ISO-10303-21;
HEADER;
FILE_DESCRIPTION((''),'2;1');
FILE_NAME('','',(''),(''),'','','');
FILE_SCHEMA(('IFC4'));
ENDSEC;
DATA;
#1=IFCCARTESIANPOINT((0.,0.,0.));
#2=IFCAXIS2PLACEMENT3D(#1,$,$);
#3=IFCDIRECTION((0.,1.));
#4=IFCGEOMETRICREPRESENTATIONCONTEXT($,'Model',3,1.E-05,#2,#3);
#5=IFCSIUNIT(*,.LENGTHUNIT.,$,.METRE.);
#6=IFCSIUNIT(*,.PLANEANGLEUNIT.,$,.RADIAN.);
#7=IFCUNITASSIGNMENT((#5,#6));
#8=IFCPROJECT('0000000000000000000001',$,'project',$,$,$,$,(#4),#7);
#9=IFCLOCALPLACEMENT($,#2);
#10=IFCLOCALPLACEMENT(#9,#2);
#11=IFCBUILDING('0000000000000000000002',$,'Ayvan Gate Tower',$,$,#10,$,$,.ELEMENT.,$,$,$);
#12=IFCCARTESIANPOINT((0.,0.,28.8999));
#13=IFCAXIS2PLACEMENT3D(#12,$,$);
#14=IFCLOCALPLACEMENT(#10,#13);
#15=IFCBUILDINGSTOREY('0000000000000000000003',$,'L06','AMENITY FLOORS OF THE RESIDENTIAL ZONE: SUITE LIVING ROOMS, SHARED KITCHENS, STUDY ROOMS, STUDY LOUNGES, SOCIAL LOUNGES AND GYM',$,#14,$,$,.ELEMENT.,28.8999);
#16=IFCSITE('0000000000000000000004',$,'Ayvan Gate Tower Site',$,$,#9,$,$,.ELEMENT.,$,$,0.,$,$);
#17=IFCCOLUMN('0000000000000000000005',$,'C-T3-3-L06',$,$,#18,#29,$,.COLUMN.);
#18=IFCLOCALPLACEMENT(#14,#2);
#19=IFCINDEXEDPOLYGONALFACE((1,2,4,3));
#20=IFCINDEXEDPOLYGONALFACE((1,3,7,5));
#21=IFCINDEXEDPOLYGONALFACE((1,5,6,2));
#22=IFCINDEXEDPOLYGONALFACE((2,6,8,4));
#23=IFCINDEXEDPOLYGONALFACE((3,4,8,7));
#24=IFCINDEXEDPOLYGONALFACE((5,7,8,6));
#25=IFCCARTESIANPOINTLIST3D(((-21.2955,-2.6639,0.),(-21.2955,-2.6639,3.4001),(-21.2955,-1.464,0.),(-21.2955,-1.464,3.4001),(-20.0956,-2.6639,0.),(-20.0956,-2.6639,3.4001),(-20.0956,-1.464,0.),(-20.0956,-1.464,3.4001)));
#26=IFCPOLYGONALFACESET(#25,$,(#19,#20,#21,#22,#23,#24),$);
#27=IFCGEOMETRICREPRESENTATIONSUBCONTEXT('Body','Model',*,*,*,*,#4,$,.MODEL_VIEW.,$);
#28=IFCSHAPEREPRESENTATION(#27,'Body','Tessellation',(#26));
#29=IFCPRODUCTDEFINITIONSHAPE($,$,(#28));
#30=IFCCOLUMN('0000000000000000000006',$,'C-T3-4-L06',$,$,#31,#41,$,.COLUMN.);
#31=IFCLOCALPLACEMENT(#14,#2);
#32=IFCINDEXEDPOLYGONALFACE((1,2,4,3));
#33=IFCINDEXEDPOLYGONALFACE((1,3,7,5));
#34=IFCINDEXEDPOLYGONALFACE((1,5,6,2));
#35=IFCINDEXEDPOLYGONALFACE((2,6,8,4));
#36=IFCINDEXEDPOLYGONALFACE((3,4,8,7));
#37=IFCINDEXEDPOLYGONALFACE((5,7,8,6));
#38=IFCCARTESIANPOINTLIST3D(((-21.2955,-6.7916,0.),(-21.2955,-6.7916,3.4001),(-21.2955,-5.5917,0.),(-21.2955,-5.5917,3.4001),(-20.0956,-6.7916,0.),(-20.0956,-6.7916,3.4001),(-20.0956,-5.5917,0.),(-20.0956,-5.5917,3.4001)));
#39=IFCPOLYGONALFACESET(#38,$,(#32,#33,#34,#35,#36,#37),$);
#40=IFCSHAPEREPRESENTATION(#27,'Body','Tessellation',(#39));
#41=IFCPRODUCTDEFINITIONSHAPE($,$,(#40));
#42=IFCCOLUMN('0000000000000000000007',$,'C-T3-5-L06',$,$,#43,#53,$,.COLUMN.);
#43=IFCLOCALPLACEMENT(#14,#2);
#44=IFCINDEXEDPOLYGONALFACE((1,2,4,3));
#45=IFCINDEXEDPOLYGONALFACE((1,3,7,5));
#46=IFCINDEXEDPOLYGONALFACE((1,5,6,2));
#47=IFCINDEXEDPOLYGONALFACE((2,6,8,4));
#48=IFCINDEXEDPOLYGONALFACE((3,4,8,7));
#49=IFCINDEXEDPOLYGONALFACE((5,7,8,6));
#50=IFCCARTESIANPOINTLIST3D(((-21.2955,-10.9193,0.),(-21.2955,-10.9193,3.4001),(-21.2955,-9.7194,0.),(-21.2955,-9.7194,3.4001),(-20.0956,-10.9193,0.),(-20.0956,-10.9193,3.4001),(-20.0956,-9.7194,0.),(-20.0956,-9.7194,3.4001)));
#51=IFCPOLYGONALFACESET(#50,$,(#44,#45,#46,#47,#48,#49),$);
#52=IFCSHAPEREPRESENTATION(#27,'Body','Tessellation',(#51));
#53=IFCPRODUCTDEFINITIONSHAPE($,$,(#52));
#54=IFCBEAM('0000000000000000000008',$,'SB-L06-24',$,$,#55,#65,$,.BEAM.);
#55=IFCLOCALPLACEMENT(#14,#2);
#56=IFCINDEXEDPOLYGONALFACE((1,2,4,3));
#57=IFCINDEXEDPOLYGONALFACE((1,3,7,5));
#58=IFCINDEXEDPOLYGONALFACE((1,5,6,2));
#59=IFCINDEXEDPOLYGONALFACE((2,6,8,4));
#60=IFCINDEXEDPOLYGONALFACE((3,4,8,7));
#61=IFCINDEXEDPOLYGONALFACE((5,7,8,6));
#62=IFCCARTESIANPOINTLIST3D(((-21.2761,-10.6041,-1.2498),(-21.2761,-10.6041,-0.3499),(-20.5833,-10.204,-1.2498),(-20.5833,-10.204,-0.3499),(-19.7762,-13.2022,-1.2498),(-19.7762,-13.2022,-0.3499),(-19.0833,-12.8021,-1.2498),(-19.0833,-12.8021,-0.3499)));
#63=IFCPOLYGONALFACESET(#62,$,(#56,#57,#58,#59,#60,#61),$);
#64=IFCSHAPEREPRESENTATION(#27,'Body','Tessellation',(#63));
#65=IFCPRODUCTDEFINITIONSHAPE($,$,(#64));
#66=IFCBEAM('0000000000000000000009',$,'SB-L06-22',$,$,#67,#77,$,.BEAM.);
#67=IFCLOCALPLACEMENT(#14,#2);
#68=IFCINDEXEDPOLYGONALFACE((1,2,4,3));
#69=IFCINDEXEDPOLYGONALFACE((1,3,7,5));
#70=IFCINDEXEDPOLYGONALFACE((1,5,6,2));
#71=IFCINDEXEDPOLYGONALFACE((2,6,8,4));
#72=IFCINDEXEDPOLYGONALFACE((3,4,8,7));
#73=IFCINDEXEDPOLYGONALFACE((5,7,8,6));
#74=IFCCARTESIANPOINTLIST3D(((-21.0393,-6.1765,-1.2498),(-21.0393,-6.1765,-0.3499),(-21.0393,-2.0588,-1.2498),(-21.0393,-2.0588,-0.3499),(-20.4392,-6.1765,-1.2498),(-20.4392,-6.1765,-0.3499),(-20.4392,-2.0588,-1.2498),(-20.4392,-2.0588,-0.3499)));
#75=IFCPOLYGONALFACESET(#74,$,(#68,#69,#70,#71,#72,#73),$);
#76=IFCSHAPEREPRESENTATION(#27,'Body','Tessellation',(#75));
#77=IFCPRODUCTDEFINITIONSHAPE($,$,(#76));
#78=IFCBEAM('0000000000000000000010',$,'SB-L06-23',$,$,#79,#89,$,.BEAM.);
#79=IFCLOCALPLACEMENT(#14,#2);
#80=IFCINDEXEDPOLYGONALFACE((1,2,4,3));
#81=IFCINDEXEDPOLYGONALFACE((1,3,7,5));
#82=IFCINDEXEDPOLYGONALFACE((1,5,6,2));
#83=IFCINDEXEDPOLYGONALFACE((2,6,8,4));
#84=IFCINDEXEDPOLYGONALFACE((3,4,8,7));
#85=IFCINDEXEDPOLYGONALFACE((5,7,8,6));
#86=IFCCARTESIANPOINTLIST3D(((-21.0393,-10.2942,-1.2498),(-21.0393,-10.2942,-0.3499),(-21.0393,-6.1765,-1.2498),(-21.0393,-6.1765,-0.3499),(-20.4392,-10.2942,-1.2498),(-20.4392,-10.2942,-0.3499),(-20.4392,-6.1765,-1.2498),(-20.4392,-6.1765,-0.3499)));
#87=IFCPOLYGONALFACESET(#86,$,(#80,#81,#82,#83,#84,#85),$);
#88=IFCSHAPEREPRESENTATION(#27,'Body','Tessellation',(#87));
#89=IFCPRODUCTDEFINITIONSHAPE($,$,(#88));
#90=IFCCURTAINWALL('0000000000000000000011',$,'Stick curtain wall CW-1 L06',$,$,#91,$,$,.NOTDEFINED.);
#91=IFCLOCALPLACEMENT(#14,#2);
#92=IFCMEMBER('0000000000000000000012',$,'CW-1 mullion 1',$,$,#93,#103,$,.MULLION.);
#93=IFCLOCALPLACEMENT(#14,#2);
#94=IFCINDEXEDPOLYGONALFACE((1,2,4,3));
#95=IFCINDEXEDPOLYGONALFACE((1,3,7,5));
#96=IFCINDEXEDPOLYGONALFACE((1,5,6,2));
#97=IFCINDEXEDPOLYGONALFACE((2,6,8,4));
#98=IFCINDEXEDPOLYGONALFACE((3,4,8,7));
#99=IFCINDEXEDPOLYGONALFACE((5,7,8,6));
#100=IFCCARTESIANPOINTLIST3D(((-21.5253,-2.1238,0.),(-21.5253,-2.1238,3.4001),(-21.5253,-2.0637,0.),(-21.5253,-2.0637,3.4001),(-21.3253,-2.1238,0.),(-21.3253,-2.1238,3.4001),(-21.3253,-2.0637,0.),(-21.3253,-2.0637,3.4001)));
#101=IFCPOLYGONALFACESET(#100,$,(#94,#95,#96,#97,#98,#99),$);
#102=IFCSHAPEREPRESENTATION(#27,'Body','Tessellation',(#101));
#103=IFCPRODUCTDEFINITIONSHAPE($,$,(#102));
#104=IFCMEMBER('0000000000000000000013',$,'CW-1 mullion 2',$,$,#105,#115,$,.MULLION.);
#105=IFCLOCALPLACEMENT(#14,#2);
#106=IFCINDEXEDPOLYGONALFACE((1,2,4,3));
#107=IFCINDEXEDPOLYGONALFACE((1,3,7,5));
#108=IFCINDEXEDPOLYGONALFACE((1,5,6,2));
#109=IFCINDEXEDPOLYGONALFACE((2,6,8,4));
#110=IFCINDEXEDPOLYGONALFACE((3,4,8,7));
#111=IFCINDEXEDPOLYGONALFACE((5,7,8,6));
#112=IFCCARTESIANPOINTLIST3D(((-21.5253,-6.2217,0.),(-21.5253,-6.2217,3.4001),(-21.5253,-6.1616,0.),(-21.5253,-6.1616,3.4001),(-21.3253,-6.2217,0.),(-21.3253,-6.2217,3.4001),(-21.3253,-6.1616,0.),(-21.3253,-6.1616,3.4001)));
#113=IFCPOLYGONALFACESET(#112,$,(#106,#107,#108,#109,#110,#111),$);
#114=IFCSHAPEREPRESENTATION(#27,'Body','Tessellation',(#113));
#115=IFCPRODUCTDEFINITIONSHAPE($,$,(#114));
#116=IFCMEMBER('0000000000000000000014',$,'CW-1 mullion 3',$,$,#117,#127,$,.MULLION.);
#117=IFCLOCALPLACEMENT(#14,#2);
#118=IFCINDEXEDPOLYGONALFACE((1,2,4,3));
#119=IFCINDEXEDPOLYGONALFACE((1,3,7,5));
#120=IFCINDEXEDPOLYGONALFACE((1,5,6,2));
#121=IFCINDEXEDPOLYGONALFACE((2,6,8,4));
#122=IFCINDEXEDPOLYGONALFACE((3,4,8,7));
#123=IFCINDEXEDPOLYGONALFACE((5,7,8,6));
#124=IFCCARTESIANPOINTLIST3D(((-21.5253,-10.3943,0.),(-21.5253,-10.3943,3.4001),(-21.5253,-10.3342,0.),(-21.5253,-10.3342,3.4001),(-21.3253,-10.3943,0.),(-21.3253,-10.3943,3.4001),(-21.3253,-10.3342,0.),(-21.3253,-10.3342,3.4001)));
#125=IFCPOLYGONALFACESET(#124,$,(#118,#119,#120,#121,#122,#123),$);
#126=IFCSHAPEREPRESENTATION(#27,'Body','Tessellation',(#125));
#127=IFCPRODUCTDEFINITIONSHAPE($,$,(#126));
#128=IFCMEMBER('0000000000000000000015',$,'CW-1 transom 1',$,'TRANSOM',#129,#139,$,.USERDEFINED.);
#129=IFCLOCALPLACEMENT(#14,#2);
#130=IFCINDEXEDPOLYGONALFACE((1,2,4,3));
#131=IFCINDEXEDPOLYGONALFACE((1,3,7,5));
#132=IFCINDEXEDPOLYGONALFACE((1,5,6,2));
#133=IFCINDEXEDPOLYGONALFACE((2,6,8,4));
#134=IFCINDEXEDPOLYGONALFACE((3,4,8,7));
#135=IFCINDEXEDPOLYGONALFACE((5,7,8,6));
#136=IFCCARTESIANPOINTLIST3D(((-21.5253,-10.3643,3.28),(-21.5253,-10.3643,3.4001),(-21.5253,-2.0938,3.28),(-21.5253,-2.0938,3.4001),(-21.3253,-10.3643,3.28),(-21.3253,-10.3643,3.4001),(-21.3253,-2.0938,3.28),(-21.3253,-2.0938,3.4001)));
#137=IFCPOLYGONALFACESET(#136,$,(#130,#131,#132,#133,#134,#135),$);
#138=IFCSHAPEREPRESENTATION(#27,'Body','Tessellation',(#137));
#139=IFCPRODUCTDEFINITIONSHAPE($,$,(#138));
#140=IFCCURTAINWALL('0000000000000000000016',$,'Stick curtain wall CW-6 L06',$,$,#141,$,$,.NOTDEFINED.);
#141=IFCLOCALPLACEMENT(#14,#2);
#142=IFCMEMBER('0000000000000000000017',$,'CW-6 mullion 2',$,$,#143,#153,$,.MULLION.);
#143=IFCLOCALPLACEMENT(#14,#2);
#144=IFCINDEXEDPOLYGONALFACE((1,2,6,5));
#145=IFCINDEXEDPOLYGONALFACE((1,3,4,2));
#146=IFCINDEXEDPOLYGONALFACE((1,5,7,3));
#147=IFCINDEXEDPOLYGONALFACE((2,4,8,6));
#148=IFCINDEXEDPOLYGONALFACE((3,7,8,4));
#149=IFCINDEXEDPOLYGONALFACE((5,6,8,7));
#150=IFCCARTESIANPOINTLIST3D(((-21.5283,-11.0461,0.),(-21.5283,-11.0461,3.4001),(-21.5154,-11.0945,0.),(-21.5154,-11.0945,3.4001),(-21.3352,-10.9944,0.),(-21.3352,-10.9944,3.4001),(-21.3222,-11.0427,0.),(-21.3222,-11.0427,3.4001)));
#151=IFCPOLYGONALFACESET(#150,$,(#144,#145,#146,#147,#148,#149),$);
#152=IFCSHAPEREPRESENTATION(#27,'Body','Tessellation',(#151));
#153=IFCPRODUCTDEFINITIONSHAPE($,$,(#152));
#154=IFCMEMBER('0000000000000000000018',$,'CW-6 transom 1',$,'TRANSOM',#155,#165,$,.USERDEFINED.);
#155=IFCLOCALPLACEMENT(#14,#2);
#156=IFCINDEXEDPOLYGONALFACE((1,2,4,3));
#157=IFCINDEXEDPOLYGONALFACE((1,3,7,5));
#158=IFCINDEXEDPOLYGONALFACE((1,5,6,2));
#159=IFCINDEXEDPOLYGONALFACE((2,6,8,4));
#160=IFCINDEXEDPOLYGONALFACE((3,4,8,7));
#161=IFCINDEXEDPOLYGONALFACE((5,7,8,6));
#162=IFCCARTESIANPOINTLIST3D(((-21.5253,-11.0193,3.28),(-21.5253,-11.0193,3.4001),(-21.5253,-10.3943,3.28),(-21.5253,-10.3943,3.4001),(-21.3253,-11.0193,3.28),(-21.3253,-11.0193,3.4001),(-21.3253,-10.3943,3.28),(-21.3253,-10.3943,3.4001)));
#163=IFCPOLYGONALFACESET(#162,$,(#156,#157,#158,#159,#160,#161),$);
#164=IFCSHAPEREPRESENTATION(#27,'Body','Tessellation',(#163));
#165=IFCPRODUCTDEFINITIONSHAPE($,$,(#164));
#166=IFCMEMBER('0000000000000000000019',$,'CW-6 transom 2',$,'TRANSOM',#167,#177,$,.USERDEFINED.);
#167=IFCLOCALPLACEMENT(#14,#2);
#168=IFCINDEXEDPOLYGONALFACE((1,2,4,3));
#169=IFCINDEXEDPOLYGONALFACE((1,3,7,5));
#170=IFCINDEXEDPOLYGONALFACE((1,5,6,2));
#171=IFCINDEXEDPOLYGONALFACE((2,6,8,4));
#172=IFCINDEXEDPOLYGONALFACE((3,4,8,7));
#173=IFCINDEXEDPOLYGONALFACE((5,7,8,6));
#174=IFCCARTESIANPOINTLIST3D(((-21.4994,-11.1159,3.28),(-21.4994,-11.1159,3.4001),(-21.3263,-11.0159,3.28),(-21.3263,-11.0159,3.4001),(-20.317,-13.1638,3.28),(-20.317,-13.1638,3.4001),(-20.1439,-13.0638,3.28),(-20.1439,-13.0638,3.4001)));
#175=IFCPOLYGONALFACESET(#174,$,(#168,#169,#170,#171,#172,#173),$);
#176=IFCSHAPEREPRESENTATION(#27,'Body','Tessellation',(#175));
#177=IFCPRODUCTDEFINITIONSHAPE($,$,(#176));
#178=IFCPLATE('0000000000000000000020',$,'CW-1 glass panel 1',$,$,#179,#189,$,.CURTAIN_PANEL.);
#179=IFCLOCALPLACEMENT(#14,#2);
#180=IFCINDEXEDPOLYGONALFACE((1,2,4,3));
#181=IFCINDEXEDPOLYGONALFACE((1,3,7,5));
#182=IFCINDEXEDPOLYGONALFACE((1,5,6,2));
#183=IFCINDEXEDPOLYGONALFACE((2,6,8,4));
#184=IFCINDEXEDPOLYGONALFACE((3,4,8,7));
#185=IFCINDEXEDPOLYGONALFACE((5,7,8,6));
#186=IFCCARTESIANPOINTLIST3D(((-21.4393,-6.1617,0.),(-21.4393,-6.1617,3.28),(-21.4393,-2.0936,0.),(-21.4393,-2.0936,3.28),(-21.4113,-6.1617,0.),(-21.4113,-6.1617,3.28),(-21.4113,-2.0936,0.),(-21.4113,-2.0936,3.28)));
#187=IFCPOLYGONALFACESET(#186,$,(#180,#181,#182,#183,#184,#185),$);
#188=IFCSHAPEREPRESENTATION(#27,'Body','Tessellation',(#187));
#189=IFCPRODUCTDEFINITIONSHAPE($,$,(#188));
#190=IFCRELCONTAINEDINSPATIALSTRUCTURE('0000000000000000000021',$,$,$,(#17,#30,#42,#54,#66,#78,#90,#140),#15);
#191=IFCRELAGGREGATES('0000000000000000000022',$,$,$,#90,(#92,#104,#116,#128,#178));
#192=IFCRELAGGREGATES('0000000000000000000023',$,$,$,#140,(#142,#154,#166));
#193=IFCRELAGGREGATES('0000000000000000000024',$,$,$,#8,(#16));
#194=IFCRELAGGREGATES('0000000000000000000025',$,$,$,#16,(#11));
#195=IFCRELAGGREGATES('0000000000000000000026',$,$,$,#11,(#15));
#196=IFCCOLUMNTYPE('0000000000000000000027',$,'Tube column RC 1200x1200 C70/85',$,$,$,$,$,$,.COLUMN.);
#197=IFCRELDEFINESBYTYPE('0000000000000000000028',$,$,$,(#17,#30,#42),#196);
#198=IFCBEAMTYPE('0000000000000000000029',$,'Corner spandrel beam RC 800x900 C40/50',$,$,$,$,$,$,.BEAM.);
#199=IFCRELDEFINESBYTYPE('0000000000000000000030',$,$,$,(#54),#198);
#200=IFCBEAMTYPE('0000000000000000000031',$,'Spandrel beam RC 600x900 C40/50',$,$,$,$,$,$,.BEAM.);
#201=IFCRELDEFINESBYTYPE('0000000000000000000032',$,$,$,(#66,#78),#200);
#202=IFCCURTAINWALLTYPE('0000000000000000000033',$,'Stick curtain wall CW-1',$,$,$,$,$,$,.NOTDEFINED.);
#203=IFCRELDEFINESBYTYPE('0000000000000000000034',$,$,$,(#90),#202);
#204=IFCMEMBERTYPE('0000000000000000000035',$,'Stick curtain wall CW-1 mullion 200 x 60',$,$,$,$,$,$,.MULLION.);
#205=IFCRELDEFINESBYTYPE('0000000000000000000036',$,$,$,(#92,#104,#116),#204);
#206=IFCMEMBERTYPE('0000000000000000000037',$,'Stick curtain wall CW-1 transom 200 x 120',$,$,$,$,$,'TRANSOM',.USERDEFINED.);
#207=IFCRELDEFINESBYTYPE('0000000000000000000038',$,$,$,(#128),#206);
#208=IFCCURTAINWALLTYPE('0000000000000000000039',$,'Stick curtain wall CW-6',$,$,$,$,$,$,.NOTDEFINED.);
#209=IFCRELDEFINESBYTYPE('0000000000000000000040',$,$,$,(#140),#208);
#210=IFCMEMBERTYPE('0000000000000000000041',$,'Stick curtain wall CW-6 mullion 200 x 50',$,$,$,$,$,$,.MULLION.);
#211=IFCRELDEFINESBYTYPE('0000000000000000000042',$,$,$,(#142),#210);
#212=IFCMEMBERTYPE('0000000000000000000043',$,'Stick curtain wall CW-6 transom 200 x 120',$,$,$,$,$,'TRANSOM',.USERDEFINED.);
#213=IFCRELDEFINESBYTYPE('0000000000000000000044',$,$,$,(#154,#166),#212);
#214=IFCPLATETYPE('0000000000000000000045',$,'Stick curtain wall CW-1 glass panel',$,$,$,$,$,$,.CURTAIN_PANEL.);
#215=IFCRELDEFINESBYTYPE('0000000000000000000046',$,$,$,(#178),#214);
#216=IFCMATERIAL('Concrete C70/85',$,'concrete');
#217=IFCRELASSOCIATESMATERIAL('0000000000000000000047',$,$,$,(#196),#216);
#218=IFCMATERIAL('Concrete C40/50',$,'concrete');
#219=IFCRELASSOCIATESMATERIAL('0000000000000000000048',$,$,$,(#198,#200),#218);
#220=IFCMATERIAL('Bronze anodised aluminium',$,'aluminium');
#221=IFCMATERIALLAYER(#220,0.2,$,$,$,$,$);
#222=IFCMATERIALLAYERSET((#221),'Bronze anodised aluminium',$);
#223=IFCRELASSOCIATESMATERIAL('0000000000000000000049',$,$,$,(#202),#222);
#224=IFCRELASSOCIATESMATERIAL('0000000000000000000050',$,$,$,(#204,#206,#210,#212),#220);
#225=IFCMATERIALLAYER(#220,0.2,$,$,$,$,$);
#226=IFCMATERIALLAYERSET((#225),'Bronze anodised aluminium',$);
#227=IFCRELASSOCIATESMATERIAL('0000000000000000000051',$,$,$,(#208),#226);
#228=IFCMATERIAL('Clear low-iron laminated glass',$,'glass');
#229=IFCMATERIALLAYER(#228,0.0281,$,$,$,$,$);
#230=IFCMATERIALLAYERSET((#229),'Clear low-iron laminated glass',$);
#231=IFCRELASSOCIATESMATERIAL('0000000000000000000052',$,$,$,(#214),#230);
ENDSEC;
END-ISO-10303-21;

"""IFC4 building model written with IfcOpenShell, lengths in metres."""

from ifc_helpers import new_model, si_unit, direction, frame, origin, origin_2d, place, context, subcontext, project, spatial, rectangle, extrude, material, layer, layer_set, material_profile, profile_set, type_object, element, aggregate, save


model = new_model("IFC4")

# Units and contexts
model_context = context("Model", 3, precision=1e-05, world=origin(), true_north=direction((0.0, 1.0)))
body_context = subcontext(model_context, "Body", "Model", "MODEL_VIEW")
ifc_project = project(units=[si_unit("LENGTHUNIT", "METRE"), si_unit("PLANEANGLEUNIT", "RADIAN")], contexts=[model_context])

# Site, building, storey
site_placement = place(None, origin())
site = spatial("IfcSite", under=ifc_project, at=site_placement, Name="Ayvan Gate Tower Site", CompositionType="ELEMENT", RefElevation=0.0)
building_placement = place(site_placement, origin())
building = spatial("IfcBuilding", under=site, at=building_placement, Name="Ayvan Gate Tower", CompositionType="ELEMENT")
storey_placement = place(building_placement, frame((0.0, 0.0, 28.8999)))
storey = spatial("IfcBuildingStorey", under=building, at=storey_placement, Name="L06", Description="AMENITY FLOORS OF THE RESIDENTIAL ZONE: SUITE LIVING ROOMS, SHARED KITCHENS, STUDY ROOMS, STUDY LOUNGES, SOCIAL LOUNGES AND GYM", CompositionType="ELEMENT", Elevation=28.8999)

# Columns
ifc_material_1 = material(Name="Concrete C70/85", Category="concrete")
ifc_material_profile_1 = material_profile(ifc_material_1, rectangle(XDim=1.2, YDim=1.2, at=origin_2d()), Name="RC 1200x1200")
ifc_profile_set_1 = profile_set([ifc_material_profile_1], Name="Concrete C70/85")
column_type = type_object("IfcColumnType", Name="Tube column RC 1200x1200 C70/85", PredefinedType="COLUMN", material=ifc_profile_set_1)
for number, where, z_axis, x_axis, name in (
    (1, (-20.6956, -2.064, 0.0), (0.0, 0.0, 1.0), (-1.0, 0.0, 0.0), "C-T3-3-L06"),
    (2, (-20.6956, -6.1917, 0.0), (0.0, 0.0, 1.0), (-1.0, 0.0, 0.0), "C-T3-4-L06"),
    (3, (-20.6956, -10.3193, 0.0), (0.0, 0.0, 1.0), (-1.0, 0.0, 0.0), "C-T3-5-L06"),
):
    element("IfcColumn", number, at=place(storey_placement, frame(where, z_axis=z_axis, x_axis=x_axis)), inside=storey, type_object=column_type, Name=name, PredefinedType="COLUMN", context=body_context, shape_type="SweptSolid", body=[
        extrude(rectangle(XDim=1.2, YDim=1.2, at=origin_2d()), origin(), (0.0, 0.0, 1.0), 3.4001),
    ])

# Beams
ifc_material_2 = material(Name="Concrete C40/50", Category="concrete")
ifc_material_profile_2 = material_profile(ifc_material_2, rectangle(XDim=0.8, YDim=0.8999, at=origin_2d()), Name="RC 800x900")
ifc_profile_set_2 = profile_set([ifc_material_profile_2], Name="Concrete C40/50")
beam_type_1 = type_object("IfcBeamType", Name="Corner spandrel beam RC 800x900 C40/50", PredefinedType="BEAM", material=ifc_profile_set_2)
beam_placement = place(storey_placement, frame((-20.9297, -10.4041, -0.7998), z_axis=(0.49999, -0.866031, 0.0), x_axis=(0.866031, 0.49999, 0.0)))
element("IfcBeam", 4, at=beam_placement, inside=storey, type_object=beam_type_1, Name="SB-L06-24", PredefinedType="BEAM", context=body_context, shape_type="SweptSolid", body=[
    extrude(rectangle(XDim=0.8, YDim=0.8999, at=origin_2d()), origin(), (0.0, 0.0, 1.0), 3.0),
])
ifc_material_profile_3 = material_profile(ifc_material_2, rectangle(XDim=0.6001, YDim=0.8999, at=origin_2d()), Name="RC 600x900")
ifc_profile_set_3 = profile_set([ifc_material_profile_3], Name="Concrete C40/50")
beam_type_2 = type_object("IfcBeamType", Name="Spandrel beam RC 600x900 C40/50", PredefinedType="BEAM", material=ifc_profile_set_3)
for number, where, z_axis, x_axis, name in (
    (5, (-20.7393, -2.0588, -0.7998), (0.0, -1.0, 0.0), (1.0, 0.0, 0.0), "SB-L06-22"),
    (6, (-20.7393, -6.1765, -0.7998), (0.0, -1.0, 0.0), (1.0, 0.0, 0.0), "SB-L06-23"),
):
    element("IfcBeam", number, at=place(storey_placement, frame(where, z_axis=z_axis, x_axis=x_axis)), inside=storey, type_object=beam_type_2, Name=name, PredefinedType="BEAM", context=body_context, shape_type="SweptSolid", body=[
        extrude(rectangle(XDim=0.6001, YDim=0.8999, at=origin_2d()), origin(), (0.0, 0.0, 1.0), 4.1177),
    ])

# Curtain walls, members
ifc_material_3 = material(Name="Bronze anodised aluminium", Category="aluminium")
ifc_layer_1 = layer(ifc_material_3, 0.2)
ifc_layer_set_1 = layer_set([ifc_layer_1], Name="Bronze anodised aluminium")
curtain_wall_type_1 = type_object("IfcCurtainWallType", Name="Stick curtain wall CW-1", PredefinedType="NOTDEFINED", material=ifc_layer_set_1)
curtain_wall_1_placement = place(storey_placement, origin())
curtain_wall_1 = element("IfcCurtainWall", 7, at=curtain_wall_1_placement, inside=storey, type_object=curtain_wall_type_1, Name="Stick curtain wall CW-1 L06", PredefinedType="NOTDEFINED")
ifc_material_profile_4 = material_profile(ifc_material_3, rectangle(XDim=0.2, YDim=0.0601, at=origin_2d()), Name="Stick curtain wall CW-1 mullion 200 x 60")
ifc_profile_set_4 = profile_set([ifc_material_profile_4], Name="Bronze anodised aluminium")
member_type_1 = type_object("IfcMemberType", Name="Stick curtain wall CW-1 mullion 200 x 60", PredefinedType="MULLION", material=ifc_profile_set_4)
member_1_placement = place(storey_placement, frame((-21.4253, -2.0938, 0.0), z_axis=(0.0, 0.0, 1.0), x_axis=(-1.0, 0.0, 0.0)))
member_1 = element("IfcMember", 8, at=member_1_placement, type_object=member_type_1, Name="CW-1 mullion 1", PredefinedType="MULLION", context=body_context, shape_type="SweptSolid", body=[
    extrude(rectangle(XDim=0.2, YDim=0.0601, at=origin_2d()), origin(), (0.0, 0.0, 1.0), 3.4001),
])
member_2_placement = place(storey_placement, frame((-21.4253, -6.1917, 0.0), z_axis=(0.0, 0.0, 1.0), x_axis=(-1.0, 0.0, 0.0)))
member_2 = element("IfcMember", 9, at=member_2_placement, type_object=member_type_1, Name="CW-1 mullion 2", PredefinedType="MULLION", context=body_context, shape_type="SweptSolid", body=[
    extrude(rectangle(XDim=0.2, YDim=0.0601, at=origin_2d()), origin(), (0.0, 0.0, 1.0), 3.4001),
])
member_3_placement = place(storey_placement, frame((-21.4253, -10.3643, 0.0), z_axis=(0.0, 0.0, 1.0), x_axis=(-1.0, 0.0, 0.0)))
member_3 = element("IfcMember", 10, at=member_3_placement, type_object=member_type_1, Name="CW-1 mullion 3", PredefinedType="MULLION", context=body_context, shape_type="SweptSolid", body=[
    extrude(rectangle(XDim=0.2, YDim=0.0601, at=origin_2d()), origin(), (0.0, 0.0, 1.0), 3.4001),
])
ifc_material_profile_5 = material_profile(ifc_material_3, rectangle(XDim=0.2, YDim=0.1201, at=origin_2d()), Name="Stick curtain wall CW-1 transom 200 x 120")
ifc_profile_set_5 = profile_set([ifc_material_profile_5], Name="Bronze anodised aluminium")
member_type_2 = type_object("IfcMemberType", Name="Stick curtain wall CW-1 transom 200 x 120", ElementType="TRANSOM", PredefinedType="USERDEFINED", material=ifc_profile_set_5)
member_4_placement = place(storey_placement, frame((-21.4253, -2.0938, 3.3401), z_axis=(0.0, -1.0, 0.0), x_axis=(1.0, 0.0, 0.0)))
member_4 = element("IfcMember", 11, at=member_4_placement, type_object=member_type_2, Name="CW-1 transom 1", ObjectType="TRANSOM", PredefinedType="USERDEFINED", context=body_context, shape_type="SweptSolid", body=[
    extrude(rectangle(XDim=0.2, YDim=0.1201, at=origin_2d()), origin(), (0.0, 0.0, 1.0), 8.2705),
])
ifc_layer_2 = layer(ifc_material_3, 0.2)
ifc_layer_set_2 = layer_set([ifc_layer_2], Name="Bronze anodised aluminium")
curtain_wall_type_2 = type_object("IfcCurtainWallType", Name="Stick curtain wall CW-6", PredefinedType="NOTDEFINED", material=ifc_layer_set_2)
curtain_wall_2_placement = place(storey_placement, origin())
curtain_wall_2 = element("IfcCurtainWall", 12, at=curtain_wall_2_placement, inside=storey, type_object=curtain_wall_type_2, Name="Stick curtain wall CW-6 L06", PredefinedType="NOTDEFINED")
ifc_material_profile_6 = material_profile(ifc_material_3, rectangle(XDim=0.2, YDim=0.05, at=origin_2d()), Name="Stick curtain wall CW-6 mullion 200 x 50")
ifc_profile_set_6 = profile_set([ifc_material_profile_6], Name="Bronze anodised aluminium")
member_type_3 = type_object("IfcMemberType", Name="Stick curtain wall CW-6 mullion 200 x 50", PredefinedType="MULLION", material=ifc_profile_set_6)
member_5_placement = place(storey_placement, frame((-21.4253, -11.0444, 0.0), z_axis=(0.0, 0.0, 1.0), x_axis=(-0.965926, -0.258819, 0.0)))
member_5 = element("IfcMember", 13, at=member_5_placement, type_object=member_type_3, Name="CW-6 mullion 2", PredefinedType="MULLION", context=body_context, shape_type="SweptSolid", body=[
    extrude(rectangle(XDim=0.2, YDim=0.05, at=origin_2d()), origin(), (0.0, 0.0, 1.0), 3.4001),
])
ifc_material_profile_7 = material_profile(ifc_material_3, rectangle(XDim=0.2, YDim=0.1201, at=origin_2d()), Name="Stick curtain wall CW-6 transom 200 x 120")
ifc_profile_set_7 = profile_set([ifc_material_profile_7], Name="Bronze anodised aluminium")
member_type_4 = type_object("IfcMemberType", Name="Stick curtain wall CW-6 transom 200 x 120", ElementType="TRANSOM", PredefinedType="USERDEFINED", material=ifc_profile_set_7)
member_6_placement = place(storey_placement, frame((-21.4253, -10.3943, 3.3401), z_axis=(0.0, -1.0, 0.0), x_axis=(1.0, 0.0, 0.0)))
member_6 = element("IfcMember", 14, at=member_6_placement, type_object=member_type_4, Name="CW-6 transom 1", ObjectType="TRANSOM", PredefinedType="USERDEFINED", context=body_context, shape_type="SweptSolid", body=[
    extrude(rectangle(XDim=0.2, YDim=0.1201, at=origin_2d()), origin(), (0.0, 0.0, 1.0), 0.625),
])
member_7_placement = place(storey_placement, frame((-21.4128, -11.0659, 3.3401), z_axis=(0.500014, -0.866017, 0.0), x_axis=(0.866017, 0.500014, 0.0)))
member_7 = element("IfcMember", 15, at=member_7_placement, type_object=member_type_4, Name="CW-6 transom 2", ObjectType="TRANSOM", PredefinedType="USERDEFINED", context=body_context, shape_type="SweptSolid", body=[
    extrude(rectangle(XDim=0.2, YDim=0.1201, at=origin_2d()), origin(), (0.0, 0.0, 1.0), 2.3647),
])

# Plate
ifc_material_4 = material(Name="Clear low-iron laminated glass", Category="glass")
ifc_layer_3 = layer(ifc_material_4, 0.0281)
ifc_layer_set_3 = layer_set([ifc_layer_3], Name="Clear low-iron laminated glass")
plate_type_1 = type_object("IfcPlateType", Name="Stick curtain wall CW-1 glass panel", PredefinedType="CURTAIN_PANEL", material=ifc_layer_set_3)
plate_1_placement = place(storey_placement, frame((-21.4253, -4.1277, 0.0), z_axis=(0.0, 0.0, 1.0), x_axis=(0.0, -1.0, 0.0)))
plate_1 = element("IfcPlate", 16, at=plate_1_placement, type_object=plate_type_1, Name="CW-1 glass panel 1", PredefinedType="CURTAIN_PANEL", context=body_context, shape_type="SweptSolid", body=[
    extrude(rectangle(XDim=4.0681, YDim=0.0281, at=origin_2d()), origin(), (0.0, 0.0, 1.0), 3.28),
])
aggregate(curtain_wall_1, [member_1, member_2, member_3, member_4, plate_1])
aggregate(curtain_wall_2, [member_5, member_6, member_7])

save(model, "model.ifc")
